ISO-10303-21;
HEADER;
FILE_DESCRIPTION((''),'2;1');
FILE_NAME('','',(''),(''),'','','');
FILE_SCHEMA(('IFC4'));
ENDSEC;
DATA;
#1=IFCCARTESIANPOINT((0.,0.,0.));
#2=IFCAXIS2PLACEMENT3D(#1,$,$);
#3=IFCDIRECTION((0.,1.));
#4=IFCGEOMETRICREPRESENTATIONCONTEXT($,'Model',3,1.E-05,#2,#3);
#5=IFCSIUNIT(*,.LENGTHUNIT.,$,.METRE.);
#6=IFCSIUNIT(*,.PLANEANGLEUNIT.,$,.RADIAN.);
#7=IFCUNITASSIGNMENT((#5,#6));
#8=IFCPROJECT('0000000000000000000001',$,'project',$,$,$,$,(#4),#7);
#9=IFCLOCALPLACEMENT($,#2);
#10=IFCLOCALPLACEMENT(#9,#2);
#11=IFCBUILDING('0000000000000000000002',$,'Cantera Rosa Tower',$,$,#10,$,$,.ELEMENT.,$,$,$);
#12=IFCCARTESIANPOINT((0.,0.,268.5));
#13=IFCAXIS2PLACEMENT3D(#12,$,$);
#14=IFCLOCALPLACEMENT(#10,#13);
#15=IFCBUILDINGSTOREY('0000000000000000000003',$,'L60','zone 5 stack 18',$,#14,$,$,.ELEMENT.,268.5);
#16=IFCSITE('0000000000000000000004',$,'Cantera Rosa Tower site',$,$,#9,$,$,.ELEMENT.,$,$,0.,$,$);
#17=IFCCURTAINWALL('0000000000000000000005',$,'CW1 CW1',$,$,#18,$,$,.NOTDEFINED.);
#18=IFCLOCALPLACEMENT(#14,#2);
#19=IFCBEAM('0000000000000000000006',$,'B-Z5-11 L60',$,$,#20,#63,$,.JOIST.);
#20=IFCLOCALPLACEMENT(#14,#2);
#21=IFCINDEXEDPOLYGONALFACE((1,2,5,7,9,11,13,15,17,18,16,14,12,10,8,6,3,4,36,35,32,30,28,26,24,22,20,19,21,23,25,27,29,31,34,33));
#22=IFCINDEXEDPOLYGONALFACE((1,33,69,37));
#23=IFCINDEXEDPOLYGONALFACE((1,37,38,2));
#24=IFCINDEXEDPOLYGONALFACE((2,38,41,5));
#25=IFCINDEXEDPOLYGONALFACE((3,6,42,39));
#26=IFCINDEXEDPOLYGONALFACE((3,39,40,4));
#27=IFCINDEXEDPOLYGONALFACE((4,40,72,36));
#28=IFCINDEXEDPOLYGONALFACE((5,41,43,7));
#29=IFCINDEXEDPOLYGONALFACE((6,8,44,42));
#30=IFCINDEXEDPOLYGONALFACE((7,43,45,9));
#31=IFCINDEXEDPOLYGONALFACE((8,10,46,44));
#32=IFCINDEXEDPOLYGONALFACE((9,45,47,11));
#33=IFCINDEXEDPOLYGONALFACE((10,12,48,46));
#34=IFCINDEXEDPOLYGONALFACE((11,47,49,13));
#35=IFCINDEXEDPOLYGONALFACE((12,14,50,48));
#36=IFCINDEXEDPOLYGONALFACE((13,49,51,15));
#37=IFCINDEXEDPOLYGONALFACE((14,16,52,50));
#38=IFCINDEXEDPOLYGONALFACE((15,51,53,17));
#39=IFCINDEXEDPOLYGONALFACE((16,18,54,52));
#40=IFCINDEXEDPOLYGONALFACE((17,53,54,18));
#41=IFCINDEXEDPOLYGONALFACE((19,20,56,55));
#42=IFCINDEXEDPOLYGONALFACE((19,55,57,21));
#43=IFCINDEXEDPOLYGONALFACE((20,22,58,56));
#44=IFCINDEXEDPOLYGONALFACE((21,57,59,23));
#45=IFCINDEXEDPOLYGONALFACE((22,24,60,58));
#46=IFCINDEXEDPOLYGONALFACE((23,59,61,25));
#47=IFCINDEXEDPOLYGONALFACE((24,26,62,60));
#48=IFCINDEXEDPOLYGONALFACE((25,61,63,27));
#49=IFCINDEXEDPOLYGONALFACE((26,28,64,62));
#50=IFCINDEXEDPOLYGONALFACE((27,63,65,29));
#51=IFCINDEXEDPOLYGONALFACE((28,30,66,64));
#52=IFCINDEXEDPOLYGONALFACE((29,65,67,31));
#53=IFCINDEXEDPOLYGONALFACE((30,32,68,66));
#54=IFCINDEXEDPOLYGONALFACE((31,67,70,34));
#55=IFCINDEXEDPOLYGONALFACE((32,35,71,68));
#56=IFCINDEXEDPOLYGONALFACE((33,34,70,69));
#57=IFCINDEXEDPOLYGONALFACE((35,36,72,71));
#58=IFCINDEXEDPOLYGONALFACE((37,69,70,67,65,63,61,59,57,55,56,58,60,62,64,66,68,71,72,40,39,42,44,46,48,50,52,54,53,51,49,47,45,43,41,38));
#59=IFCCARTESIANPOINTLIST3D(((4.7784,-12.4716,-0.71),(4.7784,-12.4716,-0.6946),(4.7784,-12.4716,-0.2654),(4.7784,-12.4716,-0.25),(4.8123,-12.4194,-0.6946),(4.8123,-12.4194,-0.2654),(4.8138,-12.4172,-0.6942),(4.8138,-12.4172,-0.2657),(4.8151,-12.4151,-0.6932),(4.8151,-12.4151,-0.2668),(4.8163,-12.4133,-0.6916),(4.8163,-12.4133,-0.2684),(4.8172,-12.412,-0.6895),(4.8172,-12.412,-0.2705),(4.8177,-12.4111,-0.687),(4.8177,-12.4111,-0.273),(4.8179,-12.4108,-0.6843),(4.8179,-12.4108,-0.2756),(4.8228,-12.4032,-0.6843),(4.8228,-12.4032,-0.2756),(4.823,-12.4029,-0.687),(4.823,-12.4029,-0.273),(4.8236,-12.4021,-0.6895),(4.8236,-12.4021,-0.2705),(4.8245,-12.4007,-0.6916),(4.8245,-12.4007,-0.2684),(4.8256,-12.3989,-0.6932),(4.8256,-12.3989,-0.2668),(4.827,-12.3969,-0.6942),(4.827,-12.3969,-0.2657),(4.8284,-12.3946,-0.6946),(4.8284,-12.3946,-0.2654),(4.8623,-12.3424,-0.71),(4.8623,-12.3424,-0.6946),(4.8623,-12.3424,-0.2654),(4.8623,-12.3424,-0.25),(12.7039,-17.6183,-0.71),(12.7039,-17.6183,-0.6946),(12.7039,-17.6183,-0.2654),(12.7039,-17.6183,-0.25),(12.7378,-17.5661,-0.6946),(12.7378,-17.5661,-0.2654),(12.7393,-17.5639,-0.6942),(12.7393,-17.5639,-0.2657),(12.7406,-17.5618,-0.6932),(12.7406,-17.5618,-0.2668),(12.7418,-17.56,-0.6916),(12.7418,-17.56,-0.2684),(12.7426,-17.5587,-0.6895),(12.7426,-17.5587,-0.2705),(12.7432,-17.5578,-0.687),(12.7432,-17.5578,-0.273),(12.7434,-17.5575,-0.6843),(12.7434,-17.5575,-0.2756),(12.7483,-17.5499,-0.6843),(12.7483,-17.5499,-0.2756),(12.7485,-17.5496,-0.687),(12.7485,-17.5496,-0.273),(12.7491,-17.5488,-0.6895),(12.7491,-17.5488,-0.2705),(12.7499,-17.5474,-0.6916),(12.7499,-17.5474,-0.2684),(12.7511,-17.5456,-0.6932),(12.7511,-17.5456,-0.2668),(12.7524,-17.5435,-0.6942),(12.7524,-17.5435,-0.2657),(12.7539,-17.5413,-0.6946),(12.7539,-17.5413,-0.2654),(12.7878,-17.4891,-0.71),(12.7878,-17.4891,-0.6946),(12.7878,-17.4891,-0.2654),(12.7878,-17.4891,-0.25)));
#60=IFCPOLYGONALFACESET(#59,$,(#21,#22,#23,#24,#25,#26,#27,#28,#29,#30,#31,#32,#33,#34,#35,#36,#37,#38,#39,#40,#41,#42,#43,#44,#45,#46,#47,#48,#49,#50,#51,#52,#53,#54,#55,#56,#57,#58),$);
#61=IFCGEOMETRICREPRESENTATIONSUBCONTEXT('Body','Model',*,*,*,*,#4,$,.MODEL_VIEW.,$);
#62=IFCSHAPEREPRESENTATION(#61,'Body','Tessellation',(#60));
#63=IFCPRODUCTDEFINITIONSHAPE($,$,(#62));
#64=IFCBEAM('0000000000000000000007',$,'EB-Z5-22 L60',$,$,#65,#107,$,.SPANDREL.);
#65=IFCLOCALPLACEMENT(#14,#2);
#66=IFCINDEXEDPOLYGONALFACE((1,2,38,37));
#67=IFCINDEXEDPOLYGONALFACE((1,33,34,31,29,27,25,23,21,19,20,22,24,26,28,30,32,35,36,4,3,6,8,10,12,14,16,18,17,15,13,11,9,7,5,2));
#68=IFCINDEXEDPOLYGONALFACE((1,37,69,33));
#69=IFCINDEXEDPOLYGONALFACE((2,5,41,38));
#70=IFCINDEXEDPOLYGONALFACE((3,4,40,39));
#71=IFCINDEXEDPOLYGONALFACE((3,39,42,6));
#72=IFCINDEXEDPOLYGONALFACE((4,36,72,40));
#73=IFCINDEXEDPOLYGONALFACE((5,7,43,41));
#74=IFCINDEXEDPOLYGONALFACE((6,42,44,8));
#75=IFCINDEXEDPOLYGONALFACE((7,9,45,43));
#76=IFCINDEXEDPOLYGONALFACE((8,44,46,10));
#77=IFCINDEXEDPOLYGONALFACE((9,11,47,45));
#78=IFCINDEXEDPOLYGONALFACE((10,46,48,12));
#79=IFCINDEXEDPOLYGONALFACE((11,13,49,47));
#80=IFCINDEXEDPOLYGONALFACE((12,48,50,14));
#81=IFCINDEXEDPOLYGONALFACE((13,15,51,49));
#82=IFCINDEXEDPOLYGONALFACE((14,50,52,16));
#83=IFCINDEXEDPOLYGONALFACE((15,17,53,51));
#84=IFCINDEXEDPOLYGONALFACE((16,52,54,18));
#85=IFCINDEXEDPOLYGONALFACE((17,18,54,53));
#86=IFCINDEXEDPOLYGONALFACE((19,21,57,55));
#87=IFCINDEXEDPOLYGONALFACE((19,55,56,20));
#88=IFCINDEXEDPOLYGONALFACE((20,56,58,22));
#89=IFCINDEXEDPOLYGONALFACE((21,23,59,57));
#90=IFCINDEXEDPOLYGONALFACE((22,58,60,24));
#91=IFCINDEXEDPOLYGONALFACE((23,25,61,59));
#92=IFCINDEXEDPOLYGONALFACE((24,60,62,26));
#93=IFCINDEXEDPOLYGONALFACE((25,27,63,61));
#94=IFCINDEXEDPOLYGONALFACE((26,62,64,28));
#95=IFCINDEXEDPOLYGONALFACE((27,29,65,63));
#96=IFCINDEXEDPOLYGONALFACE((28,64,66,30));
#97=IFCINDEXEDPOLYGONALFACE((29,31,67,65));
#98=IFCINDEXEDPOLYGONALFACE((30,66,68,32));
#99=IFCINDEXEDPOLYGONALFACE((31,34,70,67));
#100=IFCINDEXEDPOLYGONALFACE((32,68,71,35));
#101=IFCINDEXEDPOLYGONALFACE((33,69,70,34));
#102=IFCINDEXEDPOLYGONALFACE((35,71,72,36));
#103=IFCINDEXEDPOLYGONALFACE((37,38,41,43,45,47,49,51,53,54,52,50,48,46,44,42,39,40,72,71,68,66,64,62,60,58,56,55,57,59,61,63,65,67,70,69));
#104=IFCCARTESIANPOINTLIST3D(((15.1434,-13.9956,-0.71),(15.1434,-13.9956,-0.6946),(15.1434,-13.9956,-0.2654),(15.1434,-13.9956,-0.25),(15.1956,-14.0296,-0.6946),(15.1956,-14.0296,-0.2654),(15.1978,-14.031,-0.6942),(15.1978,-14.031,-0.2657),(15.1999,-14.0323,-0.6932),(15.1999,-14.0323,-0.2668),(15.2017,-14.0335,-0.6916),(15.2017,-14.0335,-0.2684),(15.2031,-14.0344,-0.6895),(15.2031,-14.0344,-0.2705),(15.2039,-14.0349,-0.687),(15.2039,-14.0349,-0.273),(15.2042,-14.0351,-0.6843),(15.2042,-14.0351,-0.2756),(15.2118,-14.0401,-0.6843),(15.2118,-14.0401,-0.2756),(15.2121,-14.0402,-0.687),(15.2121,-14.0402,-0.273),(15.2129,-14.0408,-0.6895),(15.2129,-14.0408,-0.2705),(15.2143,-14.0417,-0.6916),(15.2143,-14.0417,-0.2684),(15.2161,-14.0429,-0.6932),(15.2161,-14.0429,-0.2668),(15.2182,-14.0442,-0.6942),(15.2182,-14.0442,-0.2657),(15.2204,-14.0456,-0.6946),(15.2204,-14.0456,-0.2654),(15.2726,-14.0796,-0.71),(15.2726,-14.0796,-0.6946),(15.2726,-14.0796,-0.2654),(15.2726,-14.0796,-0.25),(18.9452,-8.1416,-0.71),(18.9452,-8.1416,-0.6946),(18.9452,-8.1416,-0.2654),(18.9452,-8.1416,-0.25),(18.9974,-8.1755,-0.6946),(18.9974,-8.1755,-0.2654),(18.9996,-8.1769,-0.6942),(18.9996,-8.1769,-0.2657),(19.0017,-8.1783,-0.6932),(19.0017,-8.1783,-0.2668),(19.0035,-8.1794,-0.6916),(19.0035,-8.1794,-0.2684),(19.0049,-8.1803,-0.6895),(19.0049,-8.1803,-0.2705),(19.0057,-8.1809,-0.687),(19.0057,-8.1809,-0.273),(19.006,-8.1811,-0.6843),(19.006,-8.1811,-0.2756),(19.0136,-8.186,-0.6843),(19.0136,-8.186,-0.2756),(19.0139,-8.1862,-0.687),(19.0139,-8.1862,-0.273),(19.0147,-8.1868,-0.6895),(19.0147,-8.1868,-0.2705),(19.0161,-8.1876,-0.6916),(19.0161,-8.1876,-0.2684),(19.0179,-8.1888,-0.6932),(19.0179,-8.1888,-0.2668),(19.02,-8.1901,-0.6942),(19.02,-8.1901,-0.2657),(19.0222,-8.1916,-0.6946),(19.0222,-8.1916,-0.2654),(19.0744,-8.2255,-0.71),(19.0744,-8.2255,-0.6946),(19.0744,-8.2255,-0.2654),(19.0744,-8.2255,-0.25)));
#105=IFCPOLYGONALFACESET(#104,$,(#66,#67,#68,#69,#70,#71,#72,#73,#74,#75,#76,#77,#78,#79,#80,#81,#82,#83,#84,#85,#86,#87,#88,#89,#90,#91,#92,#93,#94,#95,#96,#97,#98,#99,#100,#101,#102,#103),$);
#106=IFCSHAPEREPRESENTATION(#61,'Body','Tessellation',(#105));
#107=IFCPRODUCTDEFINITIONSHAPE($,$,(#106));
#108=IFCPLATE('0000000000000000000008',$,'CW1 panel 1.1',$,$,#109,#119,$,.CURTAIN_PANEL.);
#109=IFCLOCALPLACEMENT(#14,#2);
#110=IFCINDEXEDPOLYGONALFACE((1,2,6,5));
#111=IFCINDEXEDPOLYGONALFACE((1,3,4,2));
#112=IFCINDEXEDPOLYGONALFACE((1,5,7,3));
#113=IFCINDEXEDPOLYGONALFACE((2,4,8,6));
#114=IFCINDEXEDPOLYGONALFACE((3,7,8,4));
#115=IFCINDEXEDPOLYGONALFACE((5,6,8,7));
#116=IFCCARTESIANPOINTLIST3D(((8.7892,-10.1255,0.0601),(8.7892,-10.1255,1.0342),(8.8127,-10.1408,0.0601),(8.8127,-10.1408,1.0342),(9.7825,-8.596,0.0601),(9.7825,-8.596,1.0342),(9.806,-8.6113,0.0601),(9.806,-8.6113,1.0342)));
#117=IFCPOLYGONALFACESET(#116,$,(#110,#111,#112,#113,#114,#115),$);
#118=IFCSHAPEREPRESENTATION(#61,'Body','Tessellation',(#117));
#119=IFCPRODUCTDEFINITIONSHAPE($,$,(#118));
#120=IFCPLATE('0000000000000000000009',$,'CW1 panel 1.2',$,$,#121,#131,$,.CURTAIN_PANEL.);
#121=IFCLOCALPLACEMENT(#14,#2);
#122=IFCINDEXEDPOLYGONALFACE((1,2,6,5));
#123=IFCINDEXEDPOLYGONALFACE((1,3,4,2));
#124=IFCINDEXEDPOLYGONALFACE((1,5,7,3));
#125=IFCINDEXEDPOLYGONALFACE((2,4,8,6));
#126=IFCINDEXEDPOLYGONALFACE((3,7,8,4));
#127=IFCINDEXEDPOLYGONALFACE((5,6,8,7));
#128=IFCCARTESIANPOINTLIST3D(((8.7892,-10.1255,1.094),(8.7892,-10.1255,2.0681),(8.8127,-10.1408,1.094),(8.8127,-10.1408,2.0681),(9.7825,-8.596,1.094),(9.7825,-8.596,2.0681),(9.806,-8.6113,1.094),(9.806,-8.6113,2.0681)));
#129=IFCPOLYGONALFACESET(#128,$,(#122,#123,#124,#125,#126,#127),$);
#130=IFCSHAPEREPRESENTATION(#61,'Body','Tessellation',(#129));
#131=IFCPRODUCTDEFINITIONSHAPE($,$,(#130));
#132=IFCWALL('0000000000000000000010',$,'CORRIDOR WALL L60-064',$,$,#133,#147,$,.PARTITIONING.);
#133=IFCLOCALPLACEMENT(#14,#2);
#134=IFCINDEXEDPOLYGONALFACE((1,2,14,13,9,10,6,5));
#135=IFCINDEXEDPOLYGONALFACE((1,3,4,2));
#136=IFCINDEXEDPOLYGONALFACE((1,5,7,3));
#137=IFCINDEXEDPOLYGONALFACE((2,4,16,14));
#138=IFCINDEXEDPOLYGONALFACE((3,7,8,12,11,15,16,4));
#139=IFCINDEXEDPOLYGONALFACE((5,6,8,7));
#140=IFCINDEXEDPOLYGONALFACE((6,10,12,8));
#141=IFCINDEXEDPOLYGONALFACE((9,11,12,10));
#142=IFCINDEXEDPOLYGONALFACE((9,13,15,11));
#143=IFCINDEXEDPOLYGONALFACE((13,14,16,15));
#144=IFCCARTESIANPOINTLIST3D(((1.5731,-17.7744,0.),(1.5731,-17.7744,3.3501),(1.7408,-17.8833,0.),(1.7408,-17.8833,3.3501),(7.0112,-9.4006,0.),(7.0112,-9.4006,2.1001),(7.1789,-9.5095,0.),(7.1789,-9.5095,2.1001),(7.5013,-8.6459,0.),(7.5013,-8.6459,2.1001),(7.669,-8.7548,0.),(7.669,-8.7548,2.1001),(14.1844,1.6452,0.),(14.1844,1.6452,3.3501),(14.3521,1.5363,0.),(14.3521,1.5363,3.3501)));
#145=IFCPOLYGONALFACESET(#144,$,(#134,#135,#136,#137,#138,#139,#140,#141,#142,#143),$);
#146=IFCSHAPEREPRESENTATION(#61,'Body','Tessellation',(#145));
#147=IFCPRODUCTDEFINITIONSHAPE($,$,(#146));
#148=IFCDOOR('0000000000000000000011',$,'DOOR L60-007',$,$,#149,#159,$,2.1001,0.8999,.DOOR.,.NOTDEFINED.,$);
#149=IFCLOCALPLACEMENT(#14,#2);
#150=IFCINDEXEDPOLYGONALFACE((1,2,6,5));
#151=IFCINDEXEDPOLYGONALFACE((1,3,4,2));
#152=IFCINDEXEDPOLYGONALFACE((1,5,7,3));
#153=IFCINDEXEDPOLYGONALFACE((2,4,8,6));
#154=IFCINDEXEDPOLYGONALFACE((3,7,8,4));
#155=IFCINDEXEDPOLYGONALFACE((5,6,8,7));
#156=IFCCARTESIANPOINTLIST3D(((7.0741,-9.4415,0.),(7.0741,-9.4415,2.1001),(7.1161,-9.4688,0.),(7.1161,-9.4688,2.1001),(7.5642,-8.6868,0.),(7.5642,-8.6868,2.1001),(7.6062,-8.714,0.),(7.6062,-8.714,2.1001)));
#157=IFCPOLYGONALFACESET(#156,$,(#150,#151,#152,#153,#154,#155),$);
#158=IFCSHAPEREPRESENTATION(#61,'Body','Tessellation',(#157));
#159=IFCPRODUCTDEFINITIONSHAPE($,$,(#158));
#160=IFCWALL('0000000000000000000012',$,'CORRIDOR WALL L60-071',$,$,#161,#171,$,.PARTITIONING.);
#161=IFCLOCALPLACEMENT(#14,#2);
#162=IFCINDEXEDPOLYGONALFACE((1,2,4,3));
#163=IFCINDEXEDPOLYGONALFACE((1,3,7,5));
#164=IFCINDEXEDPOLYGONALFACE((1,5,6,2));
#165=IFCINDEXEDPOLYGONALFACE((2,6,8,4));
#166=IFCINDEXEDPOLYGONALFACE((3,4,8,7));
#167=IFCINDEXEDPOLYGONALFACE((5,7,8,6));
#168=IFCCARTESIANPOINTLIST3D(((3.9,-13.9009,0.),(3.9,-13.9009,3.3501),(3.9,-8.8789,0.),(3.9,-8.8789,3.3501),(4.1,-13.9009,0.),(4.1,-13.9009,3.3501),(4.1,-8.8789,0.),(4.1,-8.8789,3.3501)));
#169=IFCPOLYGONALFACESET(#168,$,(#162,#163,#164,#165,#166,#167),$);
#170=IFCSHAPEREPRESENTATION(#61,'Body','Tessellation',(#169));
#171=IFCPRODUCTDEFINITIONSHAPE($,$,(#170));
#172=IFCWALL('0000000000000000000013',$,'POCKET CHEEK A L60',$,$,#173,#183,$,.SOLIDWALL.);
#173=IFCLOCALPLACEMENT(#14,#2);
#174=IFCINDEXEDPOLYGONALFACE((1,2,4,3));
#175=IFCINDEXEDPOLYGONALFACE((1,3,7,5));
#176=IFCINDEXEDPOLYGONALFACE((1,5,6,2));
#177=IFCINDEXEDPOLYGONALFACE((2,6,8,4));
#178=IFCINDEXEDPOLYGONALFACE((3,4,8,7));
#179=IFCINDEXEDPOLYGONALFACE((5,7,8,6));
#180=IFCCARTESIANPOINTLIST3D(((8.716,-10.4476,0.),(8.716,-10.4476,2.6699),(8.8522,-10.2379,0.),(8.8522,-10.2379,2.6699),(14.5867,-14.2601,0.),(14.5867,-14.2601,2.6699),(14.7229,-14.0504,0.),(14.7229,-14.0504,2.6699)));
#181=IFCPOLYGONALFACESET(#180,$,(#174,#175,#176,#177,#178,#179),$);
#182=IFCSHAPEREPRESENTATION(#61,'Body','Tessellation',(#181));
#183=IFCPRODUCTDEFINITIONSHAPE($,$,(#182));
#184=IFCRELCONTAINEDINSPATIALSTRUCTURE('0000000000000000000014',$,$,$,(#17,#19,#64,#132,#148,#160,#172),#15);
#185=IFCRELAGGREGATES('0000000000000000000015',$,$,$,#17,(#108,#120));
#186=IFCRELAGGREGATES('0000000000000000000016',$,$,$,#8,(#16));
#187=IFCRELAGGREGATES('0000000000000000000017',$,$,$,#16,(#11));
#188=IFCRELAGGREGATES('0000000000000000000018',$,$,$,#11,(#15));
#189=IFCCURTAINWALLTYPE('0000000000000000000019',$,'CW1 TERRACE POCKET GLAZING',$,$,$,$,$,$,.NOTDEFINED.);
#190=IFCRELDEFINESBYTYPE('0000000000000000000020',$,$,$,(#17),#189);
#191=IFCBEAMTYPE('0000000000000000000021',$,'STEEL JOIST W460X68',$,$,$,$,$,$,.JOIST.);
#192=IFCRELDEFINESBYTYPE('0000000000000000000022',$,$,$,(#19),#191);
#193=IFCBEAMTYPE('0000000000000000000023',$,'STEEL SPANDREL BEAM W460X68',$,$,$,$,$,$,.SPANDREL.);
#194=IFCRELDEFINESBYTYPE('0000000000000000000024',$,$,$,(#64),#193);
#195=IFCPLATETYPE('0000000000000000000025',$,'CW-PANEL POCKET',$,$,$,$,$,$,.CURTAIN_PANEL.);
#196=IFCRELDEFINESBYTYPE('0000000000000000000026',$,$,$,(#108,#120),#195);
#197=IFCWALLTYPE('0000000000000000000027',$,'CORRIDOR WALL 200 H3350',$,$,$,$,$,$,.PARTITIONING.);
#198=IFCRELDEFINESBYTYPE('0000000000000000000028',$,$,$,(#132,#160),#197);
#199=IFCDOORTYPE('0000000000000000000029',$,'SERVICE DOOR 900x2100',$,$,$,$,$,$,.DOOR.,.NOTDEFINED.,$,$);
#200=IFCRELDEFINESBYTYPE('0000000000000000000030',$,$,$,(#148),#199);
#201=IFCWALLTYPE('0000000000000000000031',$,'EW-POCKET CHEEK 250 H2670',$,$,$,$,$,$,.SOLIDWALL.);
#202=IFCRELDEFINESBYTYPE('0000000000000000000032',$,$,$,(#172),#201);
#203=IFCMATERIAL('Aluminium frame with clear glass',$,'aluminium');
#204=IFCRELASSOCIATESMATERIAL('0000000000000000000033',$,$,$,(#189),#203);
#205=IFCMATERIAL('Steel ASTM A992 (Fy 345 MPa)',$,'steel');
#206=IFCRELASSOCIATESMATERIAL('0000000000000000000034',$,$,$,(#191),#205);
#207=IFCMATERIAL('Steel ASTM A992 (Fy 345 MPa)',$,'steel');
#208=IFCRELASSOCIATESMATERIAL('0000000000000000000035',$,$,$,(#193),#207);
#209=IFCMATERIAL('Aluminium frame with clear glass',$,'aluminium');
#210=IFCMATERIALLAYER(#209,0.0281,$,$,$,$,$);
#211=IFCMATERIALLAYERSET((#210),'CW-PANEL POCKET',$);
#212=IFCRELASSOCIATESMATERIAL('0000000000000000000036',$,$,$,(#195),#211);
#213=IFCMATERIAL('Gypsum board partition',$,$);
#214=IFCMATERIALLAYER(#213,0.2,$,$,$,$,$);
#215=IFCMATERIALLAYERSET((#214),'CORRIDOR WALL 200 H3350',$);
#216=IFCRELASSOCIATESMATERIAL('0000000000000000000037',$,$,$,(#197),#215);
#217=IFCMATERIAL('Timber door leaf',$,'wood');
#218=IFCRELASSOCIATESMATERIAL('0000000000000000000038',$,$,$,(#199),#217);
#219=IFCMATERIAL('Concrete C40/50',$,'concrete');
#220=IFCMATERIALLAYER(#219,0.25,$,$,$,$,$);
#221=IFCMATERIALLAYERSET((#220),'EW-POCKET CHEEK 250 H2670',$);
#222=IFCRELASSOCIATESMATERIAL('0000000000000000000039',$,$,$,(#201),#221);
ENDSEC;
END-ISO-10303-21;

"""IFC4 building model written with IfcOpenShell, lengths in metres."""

from ifc_helpers import new_model, si_unit, direction, frame, frame_2d, origin, origin_2d, place, context, subcontext, project, spatial, rectangle, i_section, extrude, material, layer, layer_set, material_profile, profile_set, type_object, element, fill, aggregate, save


model = new_model("IFC4")

# Units and contexts
model_context = context("Model", 3, precision=1e-05, world=origin(), true_north=direction((0.0, 1.0)))
body_context = subcontext(model_context, "Body", "Model", "MODEL_VIEW")
ifc_project = project(units=[si_unit("LENGTHUNIT", "METRE"), si_unit("PLANEANGLEUNIT", "RADIAN")], contexts=[model_context])

# Site, building, storey
site_placement = place(None, origin())
site = spatial("IfcSite", under=ifc_project, at=site_placement, Name="Cantera Rosa Tower site", CompositionType="ELEMENT", RefElevation=0.0)
building_placement = place(site_placement, origin())
building = spatial("IfcBuilding", under=site, at=building_placement, Name="Cantera Rosa Tower", CompositionType="ELEMENT")
storey_placement = place(building_placement, frame((0.0, 0.0, 268.5)))
storey = spatial("IfcBuildingStorey", under=building, at=storey_placement, Name="L60", Description="zone 5 stack 18", CompositionType="ELEMENT", Elevation=268.5)

# Curtain wall
ifc_material_1 = material(Name="Aluminium frame with clear glass", Category="aluminium")
curtain_wall_type = type_object("IfcCurtainWallType", Name="CW1 TERRACE POCKET GLAZING", PredefinedType="NOTDEFINED", material=ifc_material_1)
curtain_wall_placement = place(storey_placement, origin())
curtain_wall = element("IfcCurtainWall", 1, at=curtain_wall_placement, inside=storey, type_object=curtain_wall_type, Name="CW1 CW1", PredefinedType="NOTDEFINED")

# Beams
ifc_material_2 = material(Name="Steel ASTM A992 (Fy 345 MPa)", Category="steel")
ifc_material_profile_1 = material_profile(ifc_material_2, i_section(OverallWidth=0.1541, OverallDepth=0.46, WebThickness=0.009, FlangeThickness=0.0154, FilletRadius=0.0103, at=origin_2d()), Name="W460X68")
ifc_profile_set_1 = profile_set([ifc_material_profile_1], Name="Steel ASTM A992 (Fy 345 MPa)")
beam_type_1 = type_object("IfcBeamType", Name="STEEL JOIST W460X68", PredefinedType="JOIST", material=ifc_profile_set_1)
beam_1_placement = place(storey_placement, frame((12.7458, -17.5537, -0.48), z_axis=(-0.838679, 0.544626, 0.0), x_axis=(-0.544626, -0.838679, 0.0)))
element("IfcBeam", 2, at=beam_1_placement, inside=storey, type_object=beam_type_1, Name="B-Z5-11 L60", PredefinedType="JOIST", context=body_context, shape_type="SweptSolid", body=[
    extrude(i_section(OverallWidth=0.1541, OverallDepth=0.46, WebThickness=0.009, FlangeThickness=0.0154, FilletRadius=0.0103, at=origin_2d()), origin(), (0.0, 0.0, 1.0), 9.45),
])
ifc_material_3 = material(Name="Steel ASTM A992 (Fy 345 MPa)", Category="steel")
ifc_material_profile_2 = material_profile(ifc_material_3, i_section(OverallWidth=0.1541, OverallDepth=0.46, WebThickness=0.009, FlangeThickness=0.0154, FilletRadius=0.0103, at=origin_2d()), Name="W460X68")
ifc_profile_set_2 = profile_set([ifc_material_profile_2], Name="Steel ASTM A992 (Fy 345 MPa)")
beam_type_2 = type_object("IfcBeamType", Name="STEEL SPANDREL BEAM W460X68", PredefinedType="SPANDREL", material=ifc_profile_set_2)
beam_2_placement = place(storey_placement, frame((15.208, -14.0376, -0.48), z_axis=(0.544651, 0.838663, 0.0), x_axis=(-0.838663, 0.544651, 0.0)))
element("IfcBeam", 3, at=beam_2_placement, inside=storey, type_object=beam_type_2, Name="EB-Z5-22 L60", PredefinedType="SPANDREL", context=body_context, shape_type="SweptSolid", body=[
    extrude(i_section(OverallWidth=0.1541, OverallDepth=0.46, WebThickness=0.009, FlangeThickness=0.0154, FilletRadius=0.0103, at=origin_2d()), origin(), (0.0, 0.0, 1.0), 6.9802),
])

# Plates
ifc_material_4 = material(Name="Aluminium frame with clear glass", Category="aluminium")
ifc_layer_1 = layer(ifc_material_4, 0.0281)
ifc_layer_set_1 = layer_set([ifc_layer_1], Name="CW-PANEL POCKET")
plate_type = type_object("IfcPlateType", Name="CW-PANEL POCKET", PredefinedType="CURTAIN_PANEL", material=ifc_layer_set_1)
plate_1_placement = place(storey_placement, frame((9.2976, -9.3684, 0.0601), z_axis=(0.0, 0.0, 1.0), x_axis=(0.544639, 0.838671, 0.0)))
plate_1 = element("IfcPlate", 4, at=plate_1_placement, type_object=plate_type, Name="CW1 panel 1.1", PredefinedType="CURTAIN_PANEL", context=body_context, shape_type="SweptSolid", body=[
    extrude(rectangle(XDim=1.8237, YDim=0.0281, at=origin_2d()), origin(), (0.0, 0.0, 1.0), 0.9741),
])
plate_2_placement = place(storey_placement, frame((9.2976, -9.3684, 1.094), z_axis=(0.0, 0.0, 1.0), x_axis=(0.544639, 0.838671, 0.0)))
plate_2 = element("IfcPlate", 5, at=plate_2_placement, type_object=plate_type, Name="CW1 panel 1.2", PredefinedType="CURTAIN_PANEL", context=body_context, shape_type="SweptSolid", body=[
    extrude(rectangle(XDim=1.8237, YDim=0.0281, at=origin_2d()), origin(), (0.0, 0.0, 1.0), 0.9741),
])
aggregate(curtain_wall, [plate_1, plate_2])

# Wall, opening, door
ifc_material_5 = material(Name="Gypsum board partition")
ifc_layer_2 = layer(ifc_material_5, 0.2)
ifc_layer_set_2 = layer_set([ifc_layer_2], Name="CORRIDOR WALL 200 H3350")
wall_type_1 = type_object("IfcWallType", Name="CORRIDOR WALL 200 H3350", PredefinedType="PARTITIONING", material=ifc_layer_set_2)
wall_1_placement = place(storey_placement, frame((1.657, -17.8289, 0.0), z_axis=(0.0, 0.0, 1.0), x_axis=(0.54464, 0.83867, 0.0)))
wall_1 = element("IfcWall", 6, at=wall_1_placement, inside=storey, type_object=wall_type_1, Name="CORRIDOR WALL L60-064", PredefinedType="PARTITIONING", context=body_context, shape_type="SweptSolid", body=[
    extrude(rectangle(XDim=23.1553, YDim=0.2, at=frame_2d((11.5776, 0.0))), origin(), (0.0, 0.0, 1.0), 3.3501),
])
opening_1_placement = place(wall_1_placement, frame((9.9846, 0.0, 0.0)))
opening_1 = element("IfcOpeningElement", 7, at=opening_1_placement, cuts=wall_1, PredefinedType="OPENING", context=body_context, shape_type="SweptSolid", body=[
    extrude(rectangle(XDim=0.8999, YDim=2.1001, at=frame_2d((0.45, 1.05))), frame((0.0, 0.1099, 0.0), z_axis=(0.0, -1.0, 0.0), x_axis=(1.0, 0.0, 0.0)), (0.0, 0.0, 1.0), 0.22),
])
ifc_material_6 = material(Name="Timber door leaf", Category="wood")
door_type_1 = type_object("IfcDoorType", Name="SERVICE DOOR 900x2100", OperationType="NOTDEFINED", PredefinedType="DOOR", material=ifc_material_6)
door_1_placement = place(opening_1_placement, origin())
door_1 = element("IfcDoor", 8, at=door_1_placement, inside=storey, type_object=door_type_1, Name="DOOR L60-007", OperationType="NOTDEFINED", OverallHeight=2.1001, OverallWidth=0.8999, PredefinedType="DOOR", context=body_context, shape_type="SweptSolid", body=[
    extrude(rectangle(XDim=0.8999, YDim=2.1001, at=frame_2d((0.45, 1.05))), frame((0.0, 0.0249, 0.0), z_axis=(0.0, -1.0, 0.0), x_axis=(1.0, 0.0, 0.0)), (0.0, 0.0, 1.0), 0.05),
])
fill(opening_1, door_1)

# Walls
wall_2_placement = place(storey_placement, frame((4.0, -13.9009, 0.0), z_axis=(0.0, 0.0, 1.0), x_axis=(0.0, 1.0, 0.0)))
element("IfcWall", 9, at=wall_2_placement, inside=storey, type_object=wall_type_1, Name="CORRIDOR WALL L60-071", PredefinedType="PARTITIONING", context=body_context, shape_type="SweptSolid", body=[
    extrude(rectangle(XDim=5.022, YDim=0.2, at=frame_2d((2.511, 0.0))), origin(), (0.0, 0.0, 1.0), 3.3501),
])
ifc_material_7 = material(Name="Concrete C40/50", Category="concrete")
ifc_layer_3 = layer(ifc_material_7, 0.25)
ifc_layer_set_3 = layer_set([ifc_layer_3], Name="EW-POCKET CHEEK 250 H2670")
wall_type_2 = type_object("IfcWallType", Name="EW-POCKET CHEEK 250 H2670", PredefinedType="SOLIDWALL", material=ifc_layer_set_3)
wall_3_placement = place(storey_placement, frame((14.6548, -14.1553, 0.0), z_axis=(0.0, 0.0, 1.0), x_axis=(-0.838665, 0.544647, 0.0)))
element("IfcWall", 10, at=wall_3_placement, inside=storey, type_object=wall_type_2, Name="POCKET CHEEK A L60", PredefinedType="SOLIDWALL", context=body_context, shape_type="SweptSolid", body=[
    extrude(rectangle(XDim=7.0, YDim=0.25, at=frame_2d((3.5, 0.0))), origin(), (0.0, 0.0, 1.0), 2.6699),
])

save(model, "model.ifc")
